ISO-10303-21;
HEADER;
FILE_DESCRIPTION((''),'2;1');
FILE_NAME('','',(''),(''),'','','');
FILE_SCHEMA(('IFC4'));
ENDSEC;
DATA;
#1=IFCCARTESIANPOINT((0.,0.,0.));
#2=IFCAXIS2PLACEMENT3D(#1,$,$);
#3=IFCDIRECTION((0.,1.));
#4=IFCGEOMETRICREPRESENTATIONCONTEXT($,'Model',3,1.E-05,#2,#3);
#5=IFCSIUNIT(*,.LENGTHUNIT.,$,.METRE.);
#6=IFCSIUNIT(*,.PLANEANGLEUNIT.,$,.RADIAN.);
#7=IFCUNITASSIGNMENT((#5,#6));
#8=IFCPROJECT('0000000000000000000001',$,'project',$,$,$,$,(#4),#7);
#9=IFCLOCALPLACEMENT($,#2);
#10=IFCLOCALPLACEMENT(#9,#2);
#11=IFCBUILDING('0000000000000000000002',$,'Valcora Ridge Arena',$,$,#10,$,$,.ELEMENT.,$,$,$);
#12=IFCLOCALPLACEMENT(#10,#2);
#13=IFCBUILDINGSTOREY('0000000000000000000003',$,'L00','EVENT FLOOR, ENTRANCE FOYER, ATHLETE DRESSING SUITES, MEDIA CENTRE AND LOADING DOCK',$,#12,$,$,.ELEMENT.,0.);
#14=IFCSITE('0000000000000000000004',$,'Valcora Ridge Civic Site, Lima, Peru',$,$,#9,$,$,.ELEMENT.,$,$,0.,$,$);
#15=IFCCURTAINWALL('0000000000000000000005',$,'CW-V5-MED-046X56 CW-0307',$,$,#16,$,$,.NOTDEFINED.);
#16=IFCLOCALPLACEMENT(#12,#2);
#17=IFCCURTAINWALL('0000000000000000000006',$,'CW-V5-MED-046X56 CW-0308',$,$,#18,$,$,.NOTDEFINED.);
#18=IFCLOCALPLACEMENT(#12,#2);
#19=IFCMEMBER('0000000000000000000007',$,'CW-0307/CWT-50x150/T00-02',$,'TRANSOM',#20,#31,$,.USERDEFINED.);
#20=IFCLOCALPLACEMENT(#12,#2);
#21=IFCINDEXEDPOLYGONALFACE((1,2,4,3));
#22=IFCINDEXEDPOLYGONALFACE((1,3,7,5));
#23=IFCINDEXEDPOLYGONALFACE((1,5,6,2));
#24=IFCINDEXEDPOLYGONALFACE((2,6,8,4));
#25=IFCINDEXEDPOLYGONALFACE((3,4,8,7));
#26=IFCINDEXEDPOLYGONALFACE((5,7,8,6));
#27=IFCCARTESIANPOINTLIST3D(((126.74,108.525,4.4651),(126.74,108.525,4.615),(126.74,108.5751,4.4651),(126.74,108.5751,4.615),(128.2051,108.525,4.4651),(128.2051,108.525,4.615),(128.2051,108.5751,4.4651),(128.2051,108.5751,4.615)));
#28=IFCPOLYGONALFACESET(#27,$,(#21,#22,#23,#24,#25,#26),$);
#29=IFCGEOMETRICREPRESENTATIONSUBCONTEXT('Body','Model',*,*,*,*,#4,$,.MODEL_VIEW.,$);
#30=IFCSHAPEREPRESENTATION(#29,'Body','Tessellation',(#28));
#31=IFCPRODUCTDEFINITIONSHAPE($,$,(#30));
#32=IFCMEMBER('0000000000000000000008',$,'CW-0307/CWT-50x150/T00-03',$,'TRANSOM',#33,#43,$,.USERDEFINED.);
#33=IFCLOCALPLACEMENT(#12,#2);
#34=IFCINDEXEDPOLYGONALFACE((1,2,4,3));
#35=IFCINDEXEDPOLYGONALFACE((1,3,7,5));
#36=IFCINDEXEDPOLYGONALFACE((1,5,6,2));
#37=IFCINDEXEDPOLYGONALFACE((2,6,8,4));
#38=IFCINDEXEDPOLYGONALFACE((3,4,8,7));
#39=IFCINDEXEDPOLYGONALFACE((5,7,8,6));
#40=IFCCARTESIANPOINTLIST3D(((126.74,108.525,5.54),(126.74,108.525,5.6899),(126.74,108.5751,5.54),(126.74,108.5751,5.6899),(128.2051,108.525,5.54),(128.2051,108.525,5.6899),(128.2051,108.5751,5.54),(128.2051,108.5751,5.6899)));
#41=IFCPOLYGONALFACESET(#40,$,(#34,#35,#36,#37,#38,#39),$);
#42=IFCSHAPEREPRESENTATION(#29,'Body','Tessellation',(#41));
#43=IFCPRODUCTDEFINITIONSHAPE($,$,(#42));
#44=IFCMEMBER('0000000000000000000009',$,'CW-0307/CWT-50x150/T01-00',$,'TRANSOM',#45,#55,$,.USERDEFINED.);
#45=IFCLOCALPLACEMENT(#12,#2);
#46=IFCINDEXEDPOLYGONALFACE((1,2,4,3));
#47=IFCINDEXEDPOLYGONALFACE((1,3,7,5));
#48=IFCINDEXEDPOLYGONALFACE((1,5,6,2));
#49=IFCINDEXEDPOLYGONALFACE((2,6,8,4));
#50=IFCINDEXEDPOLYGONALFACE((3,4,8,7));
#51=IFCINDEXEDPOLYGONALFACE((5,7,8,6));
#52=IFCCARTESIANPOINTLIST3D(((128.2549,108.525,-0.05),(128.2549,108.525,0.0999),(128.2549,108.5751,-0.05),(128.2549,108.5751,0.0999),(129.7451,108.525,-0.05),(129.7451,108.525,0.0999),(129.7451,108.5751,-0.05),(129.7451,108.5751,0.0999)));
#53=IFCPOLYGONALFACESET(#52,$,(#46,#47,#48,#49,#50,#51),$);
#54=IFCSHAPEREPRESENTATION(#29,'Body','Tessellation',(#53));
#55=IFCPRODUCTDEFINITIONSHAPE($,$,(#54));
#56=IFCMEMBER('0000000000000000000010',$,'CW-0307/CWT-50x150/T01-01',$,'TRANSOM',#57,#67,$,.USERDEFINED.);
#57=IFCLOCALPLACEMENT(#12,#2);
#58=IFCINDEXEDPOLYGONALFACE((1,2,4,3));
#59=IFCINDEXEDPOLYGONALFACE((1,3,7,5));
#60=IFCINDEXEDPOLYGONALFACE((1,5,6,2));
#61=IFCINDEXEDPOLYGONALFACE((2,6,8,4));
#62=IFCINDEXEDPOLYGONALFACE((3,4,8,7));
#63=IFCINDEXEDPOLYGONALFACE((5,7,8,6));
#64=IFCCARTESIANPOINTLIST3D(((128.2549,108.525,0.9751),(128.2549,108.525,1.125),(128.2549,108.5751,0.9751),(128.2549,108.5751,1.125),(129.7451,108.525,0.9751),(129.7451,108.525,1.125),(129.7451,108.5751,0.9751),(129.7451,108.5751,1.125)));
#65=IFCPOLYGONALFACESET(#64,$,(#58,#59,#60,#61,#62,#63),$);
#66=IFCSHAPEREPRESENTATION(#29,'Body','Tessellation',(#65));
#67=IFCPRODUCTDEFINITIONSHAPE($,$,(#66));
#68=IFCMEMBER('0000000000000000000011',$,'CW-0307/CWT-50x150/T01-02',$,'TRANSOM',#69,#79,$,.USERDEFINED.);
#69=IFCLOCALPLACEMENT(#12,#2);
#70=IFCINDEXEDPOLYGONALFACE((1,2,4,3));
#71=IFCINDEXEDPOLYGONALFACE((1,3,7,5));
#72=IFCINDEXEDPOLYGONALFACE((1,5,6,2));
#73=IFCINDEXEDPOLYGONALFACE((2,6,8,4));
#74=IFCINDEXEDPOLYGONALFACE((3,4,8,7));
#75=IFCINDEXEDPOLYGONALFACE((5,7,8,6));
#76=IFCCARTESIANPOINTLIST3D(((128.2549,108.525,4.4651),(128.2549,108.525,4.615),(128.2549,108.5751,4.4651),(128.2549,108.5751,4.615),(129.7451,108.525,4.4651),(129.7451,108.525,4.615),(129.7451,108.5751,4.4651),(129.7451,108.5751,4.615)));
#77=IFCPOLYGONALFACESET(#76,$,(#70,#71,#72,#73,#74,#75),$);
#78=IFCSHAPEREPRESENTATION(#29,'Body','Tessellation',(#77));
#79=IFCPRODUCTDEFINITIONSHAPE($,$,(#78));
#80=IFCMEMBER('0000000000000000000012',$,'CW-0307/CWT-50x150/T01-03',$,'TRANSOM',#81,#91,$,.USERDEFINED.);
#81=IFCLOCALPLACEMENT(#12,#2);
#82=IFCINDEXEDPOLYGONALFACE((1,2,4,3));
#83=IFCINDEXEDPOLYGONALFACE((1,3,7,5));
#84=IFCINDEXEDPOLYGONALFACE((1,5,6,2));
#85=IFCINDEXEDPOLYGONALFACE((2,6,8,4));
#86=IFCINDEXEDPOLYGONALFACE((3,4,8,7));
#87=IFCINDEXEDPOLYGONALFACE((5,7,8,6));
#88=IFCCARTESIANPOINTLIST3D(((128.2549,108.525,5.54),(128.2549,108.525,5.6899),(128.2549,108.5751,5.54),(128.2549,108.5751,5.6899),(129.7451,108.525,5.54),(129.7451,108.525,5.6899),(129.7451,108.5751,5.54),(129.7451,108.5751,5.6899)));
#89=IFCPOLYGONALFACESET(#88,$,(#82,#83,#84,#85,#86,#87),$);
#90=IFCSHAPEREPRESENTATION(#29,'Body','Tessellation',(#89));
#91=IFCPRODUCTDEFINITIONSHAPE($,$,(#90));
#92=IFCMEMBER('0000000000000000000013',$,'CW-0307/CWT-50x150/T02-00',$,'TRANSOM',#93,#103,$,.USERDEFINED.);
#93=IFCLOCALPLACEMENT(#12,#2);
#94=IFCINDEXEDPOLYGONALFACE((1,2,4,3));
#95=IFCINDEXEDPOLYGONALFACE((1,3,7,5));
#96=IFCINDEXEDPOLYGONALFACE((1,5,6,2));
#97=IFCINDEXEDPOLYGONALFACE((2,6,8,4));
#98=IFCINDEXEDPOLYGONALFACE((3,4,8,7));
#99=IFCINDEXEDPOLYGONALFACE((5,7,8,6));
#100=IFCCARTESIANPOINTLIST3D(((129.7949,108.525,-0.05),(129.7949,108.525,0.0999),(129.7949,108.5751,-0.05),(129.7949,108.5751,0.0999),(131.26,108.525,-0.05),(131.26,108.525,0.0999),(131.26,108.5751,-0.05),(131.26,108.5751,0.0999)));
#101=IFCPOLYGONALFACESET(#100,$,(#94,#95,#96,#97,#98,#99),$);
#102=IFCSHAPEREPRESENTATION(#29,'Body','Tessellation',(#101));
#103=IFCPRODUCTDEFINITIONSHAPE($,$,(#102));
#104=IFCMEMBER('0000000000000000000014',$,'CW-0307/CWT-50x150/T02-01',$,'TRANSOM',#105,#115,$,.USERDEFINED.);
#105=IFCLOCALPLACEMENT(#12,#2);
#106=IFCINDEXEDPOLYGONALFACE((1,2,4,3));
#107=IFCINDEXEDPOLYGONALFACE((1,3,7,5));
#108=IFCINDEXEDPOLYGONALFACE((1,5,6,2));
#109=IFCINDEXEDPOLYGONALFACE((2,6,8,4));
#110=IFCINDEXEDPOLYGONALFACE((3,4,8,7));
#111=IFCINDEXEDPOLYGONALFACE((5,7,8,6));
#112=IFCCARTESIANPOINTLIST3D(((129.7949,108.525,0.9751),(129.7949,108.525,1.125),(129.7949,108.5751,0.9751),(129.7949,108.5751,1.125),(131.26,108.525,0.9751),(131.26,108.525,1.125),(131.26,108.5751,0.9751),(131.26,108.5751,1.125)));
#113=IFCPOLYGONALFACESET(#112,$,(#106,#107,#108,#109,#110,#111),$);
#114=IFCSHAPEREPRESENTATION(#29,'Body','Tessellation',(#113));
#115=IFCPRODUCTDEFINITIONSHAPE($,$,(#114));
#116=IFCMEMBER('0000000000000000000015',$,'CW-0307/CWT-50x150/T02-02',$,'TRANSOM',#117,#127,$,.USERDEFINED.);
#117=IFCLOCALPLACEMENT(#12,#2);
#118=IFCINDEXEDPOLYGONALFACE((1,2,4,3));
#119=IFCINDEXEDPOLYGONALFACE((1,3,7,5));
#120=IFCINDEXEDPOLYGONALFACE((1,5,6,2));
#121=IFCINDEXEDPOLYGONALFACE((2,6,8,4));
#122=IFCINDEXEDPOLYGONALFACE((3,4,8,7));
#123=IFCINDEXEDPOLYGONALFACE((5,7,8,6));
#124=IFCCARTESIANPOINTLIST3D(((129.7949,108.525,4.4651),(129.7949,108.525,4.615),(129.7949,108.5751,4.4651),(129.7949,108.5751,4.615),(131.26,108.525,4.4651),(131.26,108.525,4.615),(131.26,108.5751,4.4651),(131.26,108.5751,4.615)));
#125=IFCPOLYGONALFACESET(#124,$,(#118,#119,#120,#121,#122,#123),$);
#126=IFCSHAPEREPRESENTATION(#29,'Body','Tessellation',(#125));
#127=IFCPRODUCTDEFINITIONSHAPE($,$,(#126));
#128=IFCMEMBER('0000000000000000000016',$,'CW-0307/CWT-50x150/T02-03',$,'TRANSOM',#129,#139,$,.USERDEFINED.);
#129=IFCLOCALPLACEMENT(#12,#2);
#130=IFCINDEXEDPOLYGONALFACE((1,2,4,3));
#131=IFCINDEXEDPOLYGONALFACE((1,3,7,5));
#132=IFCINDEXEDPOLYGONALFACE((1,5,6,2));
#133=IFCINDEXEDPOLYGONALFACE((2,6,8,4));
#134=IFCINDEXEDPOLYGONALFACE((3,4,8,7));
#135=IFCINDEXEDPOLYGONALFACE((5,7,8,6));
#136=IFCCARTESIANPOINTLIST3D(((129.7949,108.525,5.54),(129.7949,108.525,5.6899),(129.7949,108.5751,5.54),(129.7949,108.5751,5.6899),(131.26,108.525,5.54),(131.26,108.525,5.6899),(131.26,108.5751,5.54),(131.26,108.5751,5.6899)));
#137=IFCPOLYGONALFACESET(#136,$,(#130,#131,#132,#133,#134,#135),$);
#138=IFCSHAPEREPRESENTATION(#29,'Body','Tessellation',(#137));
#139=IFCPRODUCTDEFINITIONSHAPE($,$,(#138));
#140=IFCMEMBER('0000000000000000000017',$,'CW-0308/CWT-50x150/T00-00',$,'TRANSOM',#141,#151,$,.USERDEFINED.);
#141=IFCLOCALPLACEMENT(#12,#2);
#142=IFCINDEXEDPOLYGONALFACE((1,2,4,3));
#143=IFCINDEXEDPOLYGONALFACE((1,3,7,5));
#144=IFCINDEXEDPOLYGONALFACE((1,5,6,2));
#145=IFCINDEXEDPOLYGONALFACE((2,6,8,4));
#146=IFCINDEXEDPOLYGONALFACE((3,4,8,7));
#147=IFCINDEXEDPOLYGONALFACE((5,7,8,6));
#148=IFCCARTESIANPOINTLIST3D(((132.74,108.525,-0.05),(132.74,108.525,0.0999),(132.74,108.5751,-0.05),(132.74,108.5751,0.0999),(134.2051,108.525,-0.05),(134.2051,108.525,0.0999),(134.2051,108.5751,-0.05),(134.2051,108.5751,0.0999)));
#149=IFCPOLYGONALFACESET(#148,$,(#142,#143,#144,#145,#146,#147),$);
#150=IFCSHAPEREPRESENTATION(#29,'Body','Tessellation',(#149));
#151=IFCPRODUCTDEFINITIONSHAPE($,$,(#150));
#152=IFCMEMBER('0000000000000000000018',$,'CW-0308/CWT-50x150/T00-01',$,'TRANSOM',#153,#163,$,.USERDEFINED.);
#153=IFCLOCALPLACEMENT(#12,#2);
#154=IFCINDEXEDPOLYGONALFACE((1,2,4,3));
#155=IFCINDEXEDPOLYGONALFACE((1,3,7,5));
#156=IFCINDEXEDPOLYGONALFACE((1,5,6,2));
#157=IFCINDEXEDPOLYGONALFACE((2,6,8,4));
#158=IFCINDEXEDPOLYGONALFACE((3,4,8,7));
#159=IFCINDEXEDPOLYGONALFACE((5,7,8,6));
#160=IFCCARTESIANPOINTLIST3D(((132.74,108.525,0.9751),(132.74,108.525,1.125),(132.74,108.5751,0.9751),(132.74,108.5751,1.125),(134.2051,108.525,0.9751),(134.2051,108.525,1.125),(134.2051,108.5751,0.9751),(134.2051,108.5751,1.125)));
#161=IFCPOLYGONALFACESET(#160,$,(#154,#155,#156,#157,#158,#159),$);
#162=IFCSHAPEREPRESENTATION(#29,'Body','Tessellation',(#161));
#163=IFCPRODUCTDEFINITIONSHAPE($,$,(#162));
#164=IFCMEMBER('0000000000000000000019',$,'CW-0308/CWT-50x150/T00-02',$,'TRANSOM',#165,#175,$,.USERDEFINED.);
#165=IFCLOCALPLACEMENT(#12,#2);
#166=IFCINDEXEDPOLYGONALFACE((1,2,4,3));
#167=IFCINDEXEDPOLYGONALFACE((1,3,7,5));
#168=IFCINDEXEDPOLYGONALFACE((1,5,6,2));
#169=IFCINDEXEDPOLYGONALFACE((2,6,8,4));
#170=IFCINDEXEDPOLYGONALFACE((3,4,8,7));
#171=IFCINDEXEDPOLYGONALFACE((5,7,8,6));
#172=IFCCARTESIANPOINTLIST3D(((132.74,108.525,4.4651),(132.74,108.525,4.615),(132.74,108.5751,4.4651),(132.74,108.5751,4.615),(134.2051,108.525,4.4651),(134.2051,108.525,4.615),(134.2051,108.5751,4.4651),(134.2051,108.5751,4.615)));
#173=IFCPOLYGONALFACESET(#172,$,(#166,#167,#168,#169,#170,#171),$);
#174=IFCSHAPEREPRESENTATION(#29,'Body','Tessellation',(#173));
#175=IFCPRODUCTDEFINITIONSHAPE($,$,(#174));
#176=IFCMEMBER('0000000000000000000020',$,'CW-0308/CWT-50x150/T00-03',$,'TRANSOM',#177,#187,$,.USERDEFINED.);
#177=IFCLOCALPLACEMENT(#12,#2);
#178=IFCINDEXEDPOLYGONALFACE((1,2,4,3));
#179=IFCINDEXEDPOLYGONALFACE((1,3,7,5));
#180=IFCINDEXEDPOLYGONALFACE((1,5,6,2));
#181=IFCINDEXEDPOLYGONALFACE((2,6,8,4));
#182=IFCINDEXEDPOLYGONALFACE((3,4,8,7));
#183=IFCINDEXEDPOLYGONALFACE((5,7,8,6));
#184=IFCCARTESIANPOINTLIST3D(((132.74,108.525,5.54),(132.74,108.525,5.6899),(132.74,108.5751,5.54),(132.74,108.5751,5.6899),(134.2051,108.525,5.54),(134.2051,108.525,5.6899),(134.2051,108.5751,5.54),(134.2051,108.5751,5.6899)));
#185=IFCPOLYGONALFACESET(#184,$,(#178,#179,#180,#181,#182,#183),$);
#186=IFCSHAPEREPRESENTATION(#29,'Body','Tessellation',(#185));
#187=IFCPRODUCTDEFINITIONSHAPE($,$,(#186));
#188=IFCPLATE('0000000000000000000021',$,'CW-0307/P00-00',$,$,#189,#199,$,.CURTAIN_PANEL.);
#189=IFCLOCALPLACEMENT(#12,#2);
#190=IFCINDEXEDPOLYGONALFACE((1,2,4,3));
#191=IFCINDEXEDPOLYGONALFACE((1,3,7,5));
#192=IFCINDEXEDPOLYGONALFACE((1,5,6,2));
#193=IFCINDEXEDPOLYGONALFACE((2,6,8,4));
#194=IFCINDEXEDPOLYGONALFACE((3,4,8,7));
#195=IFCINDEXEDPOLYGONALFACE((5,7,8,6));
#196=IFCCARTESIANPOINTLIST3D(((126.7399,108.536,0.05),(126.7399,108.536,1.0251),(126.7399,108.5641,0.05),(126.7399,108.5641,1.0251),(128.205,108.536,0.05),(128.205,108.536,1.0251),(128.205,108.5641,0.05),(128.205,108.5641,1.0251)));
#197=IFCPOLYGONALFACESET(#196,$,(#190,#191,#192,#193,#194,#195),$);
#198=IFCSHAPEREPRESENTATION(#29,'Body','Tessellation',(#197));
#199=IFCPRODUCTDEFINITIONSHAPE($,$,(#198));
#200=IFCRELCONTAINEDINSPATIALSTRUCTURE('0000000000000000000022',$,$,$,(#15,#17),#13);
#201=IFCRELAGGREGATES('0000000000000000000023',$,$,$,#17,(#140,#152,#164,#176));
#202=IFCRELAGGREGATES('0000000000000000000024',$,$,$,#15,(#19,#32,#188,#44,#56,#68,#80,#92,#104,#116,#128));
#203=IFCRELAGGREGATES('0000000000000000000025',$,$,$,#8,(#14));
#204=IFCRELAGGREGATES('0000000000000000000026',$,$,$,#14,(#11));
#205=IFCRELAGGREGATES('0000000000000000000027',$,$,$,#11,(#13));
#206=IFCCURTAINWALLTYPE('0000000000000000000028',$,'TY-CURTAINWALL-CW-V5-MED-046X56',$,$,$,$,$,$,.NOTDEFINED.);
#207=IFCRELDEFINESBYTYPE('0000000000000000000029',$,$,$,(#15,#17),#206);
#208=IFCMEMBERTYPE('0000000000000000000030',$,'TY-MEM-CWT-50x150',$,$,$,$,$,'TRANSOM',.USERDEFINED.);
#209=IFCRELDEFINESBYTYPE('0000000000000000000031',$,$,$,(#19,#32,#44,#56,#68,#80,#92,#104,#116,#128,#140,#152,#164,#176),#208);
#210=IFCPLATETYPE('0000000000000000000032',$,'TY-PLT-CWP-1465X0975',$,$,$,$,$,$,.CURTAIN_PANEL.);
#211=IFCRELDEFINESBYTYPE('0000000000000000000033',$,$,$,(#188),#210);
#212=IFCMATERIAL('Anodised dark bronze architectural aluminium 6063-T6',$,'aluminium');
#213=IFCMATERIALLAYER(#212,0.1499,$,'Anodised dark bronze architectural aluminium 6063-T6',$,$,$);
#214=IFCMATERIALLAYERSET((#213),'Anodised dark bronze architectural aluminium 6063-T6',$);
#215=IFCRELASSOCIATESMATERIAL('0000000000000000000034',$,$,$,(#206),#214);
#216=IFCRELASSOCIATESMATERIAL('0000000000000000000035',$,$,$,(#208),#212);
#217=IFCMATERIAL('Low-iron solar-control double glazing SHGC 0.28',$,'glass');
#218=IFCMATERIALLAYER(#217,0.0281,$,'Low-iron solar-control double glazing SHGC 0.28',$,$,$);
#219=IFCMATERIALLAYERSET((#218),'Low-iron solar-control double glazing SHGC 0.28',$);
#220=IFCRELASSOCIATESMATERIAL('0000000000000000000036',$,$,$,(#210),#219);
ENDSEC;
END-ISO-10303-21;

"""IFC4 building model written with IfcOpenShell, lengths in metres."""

from ifc_helpers import new_model, si_unit, direction, frame, origin, origin_2d, place, context, subcontext, project, spatial, rectangle, extrude, material, layer, layer_set, material_profile, profile_set, type_object, element, aggregate, save


model = new_model("IFC4")

# Units and contexts
model_context = context("Model", 3, precision=1e-05, world=origin(), true_north=direction((0.0, 1.0)))
body_context = subcontext(model_context, "Body", "Model", "MODEL_VIEW")
ifc_project = project(units=[si_unit("LENGTHUNIT", "METRE"), si_unit("PLANEANGLEUNIT", "RADIAN")], contexts=[model_context])

# Site, building, storey
site_placement = place(None, origin())
site = spatial("IfcSite", under=ifc_project, at=site_placement, Name="Valcora Ridge Civic Site, Lima, Peru", CompositionType="ELEMENT", RefElevation=0.0)
building_placement = place(site_placement, origin())
building = spatial("IfcBuilding", under=site, at=building_placement, Name="Valcora Ridge Arena", CompositionType="ELEMENT")
storey_placement = place(building_placement, origin())
storey = spatial("IfcBuildingStorey", under=building, at=storey_placement, Name="L00", Description="EVENT FLOOR, ENTRANCE FOYER, ATHLETE DRESSING SUITES, MEDIA CENTRE AND LOADING DOCK", CompositionType="ELEMENT", Elevation=0.0)

# Shared definitions
ifc_material_1 = material(Name="Anodised dark bronze architectural aluminium 6063-T6", Category="aluminium")
ifc_layer_1 = layer(ifc_material_1, 0.1499, Name="Anodised dark bronze architectural aluminium 6063-T6")
ifc_layer_set_1 = layer_set([ifc_layer_1], Name="Anodised dark bronze architectural aluminium 6063-T6")
curtain_wall_type = type_object("IfcCurtainWallType", Name="TY-CURTAINWALL-CW-V5-MED-046X56", PredefinedType="NOTDEFINED", material=ifc_layer_set_1)

# Curtain wall
curtain_wall_1_placement = place(storey_placement, origin())
curtain_wall_1 = element("IfcCurtainWall", 1, at=curtain_wall_1_placement, inside=storey, type_object=curtain_wall_type, Name="CW-V5-MED-046X56 CW-0307", PredefinedType="NOTDEFINED")

# Curtain wall
curtain_wall_2_placement = place(storey_placement, origin())
curtain_wall_2 = element("IfcCurtainWall", 2, at=curtain_wall_2_placement, inside=storey, type_object=curtain_wall_type, Name="CW-V5-MED-046X56 CW-0308", PredefinedType="NOTDEFINED")

# Members
ifc_material_profile_1 = material_profile(ifc_material_1, rectangle(XDim=0.05, YDim=0.1499, at=origin_2d()), Name="ALU TRANSOM 50x150")
ifc_profile_set_1 = profile_set([ifc_material_profile_1], Name="Anodised dark bronze architectural aluminium 6063-T6")
member_type_1 = type_object("IfcMemberType", Name="TY-MEM-CWT-50x150", ElementType="TRANSOM", PredefinedType="USERDEFINED", material=ifc_profile_set_1)
member_1_placement = place(storey_placement, frame((126.74, 108.55, 4.54), z_axis=(1.0, 0.0, 0.0), x_axis=(0.0, 1.0, 0.0)))
member_1 = element("IfcMember", 3, at=member_1_placement, type_object=member_type_1, Name="CW-0307/CWT-50x150/T00-02", ObjectType="TRANSOM", PredefinedType="USERDEFINED", context=body_context, shape_type="SweptSolid", body=[
    extrude(rectangle(XDim=0.05, YDim=0.1499, at=origin_2d()), origin(), (0.0, 0.0, 1.0), 1.4651),
])
member_2_placement = place(storey_placement, frame((126.74, 108.55, 5.615), z_axis=(1.0, 0.0, 0.0), x_axis=(0.0, 1.0, 0.0)))
member_2 = element("IfcMember", 4, at=member_2_placement, type_object=member_type_1, Name="CW-0307/CWT-50x150/T00-03", ObjectType="TRANSOM", PredefinedType="USERDEFINED", context=body_context, shape_type="SweptSolid", body=[
    extrude(rectangle(XDim=0.05, YDim=0.1499, at=origin_2d()), origin(), (0.0, 0.0, 1.0), 1.4651),
])
member_3_placement = place(storey_placement, frame((128.2549, 108.55, 0.0249), z_axis=(1.0, 0.0, 0.0), x_axis=(0.0, 1.0, 0.0)))
member_3 = element("IfcMember", 5, at=member_3_placement, type_object=member_type_1, Name="CW-0307/CWT-50x150/T01-00", ObjectType="TRANSOM", PredefinedType="USERDEFINED", context=body_context, shape_type="SweptSolid", body=[
    extrude(rectangle(XDim=0.05, YDim=0.1499, at=origin_2d()), origin(), (0.0, 0.0, 1.0), 1.4902),
])
member_4_placement = place(storey_placement, frame((128.2549, 108.55, 1.05), z_axis=(1.0, 0.0, 0.0), x_axis=(0.0, 1.0, 0.0)))
member_4 = element("IfcMember", 6, at=member_4_placement, type_object=member_type_1, Name="CW-0307/CWT-50x150/T01-01", ObjectType="TRANSOM", PredefinedType="USERDEFINED", context=body_context, shape_type="SweptSolid", body=[
    extrude(rectangle(XDim=0.05, YDim=0.1499, at=origin_2d()), origin(), (0.0, 0.0, 1.0), 1.4902),
])
member_5_placement = place(storey_placement, frame((128.2549, 108.55, 4.54), z_axis=(1.0, 0.0, 0.0), x_axis=(0.0, 1.0, 0.0)))
member_5 = element("IfcMember", 7, at=member_5_placement, type_object=member_type_1, Name="CW-0307/CWT-50x150/T01-02", ObjectType="TRANSOM", PredefinedType="USERDEFINED", context=body_context, shape_type="SweptSolid", body=[
    extrude(rectangle(XDim=0.05, YDim=0.1499, at=origin_2d()), origin(), (0.0, 0.0, 1.0), 1.4902),
])
member_6_placement = place(storey_placement, frame((128.2549, 108.55, 5.615), z_axis=(1.0, 0.0, 0.0), x_axis=(0.0, 1.0, 0.0)))
member_6 = element("IfcMember", 8, at=member_6_placement, type_object=member_type_1, Name="CW-0307/CWT-50x150/T01-03", ObjectType="TRANSOM", PredefinedType="USERDEFINED", context=body_context, shape_type="SweptSolid", body=[
    extrude(rectangle(XDim=0.05, YDim=0.1499, at=origin_2d()), origin(), (0.0, 0.0, 1.0), 1.4902),
])
member_7_placement = place(storey_placement, frame((129.7949, 108.55, 0.0249), z_axis=(1.0, 0.0, 0.0), x_axis=(0.0, 1.0, 0.0)))
member_7 = element("IfcMember", 9, at=member_7_placement, type_object=member_type_1, Name="CW-0307/CWT-50x150/T02-00", ObjectType="TRANSOM", PredefinedType="USERDEFINED", context=body_context, shape_type="SweptSolid", body=[
    extrude(rectangle(XDim=0.05, YDim=0.1499, at=origin_2d()), origin(), (0.0, 0.0, 1.0), 1.4651),
])
member_8_placement = place(storey_placement, frame((129.7949, 108.55, 1.05), z_axis=(1.0, 0.0, 0.0), x_axis=(0.0, 1.0, 0.0)))
member_8 = element("IfcMember", 10, at=member_8_placement, type_object=member_type_1, Name="CW-0307/CWT-50x150/T02-01", ObjectType="TRANSOM", PredefinedType="USERDEFINED", context=body_context, shape_type="SweptSolid", body=[
    extrude(rectangle(XDim=0.05, YDim=0.1499, at=origin_2d()), origin(), (0.0, 0.0, 1.0), 1.4651),
])
member_9_placement = place(storey_placement, frame((129.7949, 108.55, 4.54), z_axis=(1.0, 0.0, 0.0), x_axis=(0.0, 1.0, 0.0)))
member_9 = element("IfcMember", 11, at=member_9_placement, type_object=member_type_1, Name="CW-0307/CWT-50x150/T02-02", ObjectType="TRANSOM", PredefinedType="USERDEFINED", context=body_context, shape_type="SweptSolid", body=[
    extrude(rectangle(XDim=0.05, YDim=0.1499, at=origin_2d()), origin(), (0.0, 0.0, 1.0), 1.4651),
])
member_10_placement = place(storey_placement, frame((129.7949, 108.55, 5.615), z_axis=(1.0, 0.0, 0.0), x_axis=(0.0, 1.0, 0.0)))
member_10 = element("IfcMember", 12, at=member_10_placement, type_object=member_type_1, Name="CW-0307/CWT-50x150/T02-03", ObjectType="TRANSOM", PredefinedType="USERDEFINED", context=body_context, shape_type="SweptSolid", body=[
    extrude(rectangle(XDim=0.05, YDim=0.1499, at=origin_2d()), origin(), (0.0, 0.0, 1.0), 1.4651),
])
member_11_placement = place(storey_placement, frame((132.74, 108.55, 0.0249), z_axis=(1.0, 0.0, 0.0), x_axis=(0.0, 1.0, 0.0)))
member_11 = element("IfcMember", 13, at=member_11_placement, type_object=member_type_1, Name="CW-0308/CWT-50x150/T00-00", ObjectType="TRANSOM", PredefinedType="USERDEFINED", context=body_context, shape_type="SweptSolid", body=[
    extrude(rectangle(XDim=0.05, YDim=0.1499, at=origin_2d()), origin(), (0.0, 0.0, 1.0), 1.4651),
])
member_12_placement = place(storey_placement, frame((132.74, 108.55, 1.05), z_axis=(1.0, 0.0, 0.0), x_axis=(0.0, 1.0, 0.0)))
member_12 = element("IfcMember", 14, at=member_12_placement, type_object=member_type_1, Name="CW-0308/CWT-50x150/T00-01", ObjectType="TRANSOM", PredefinedType="USERDEFINED", context=body_context, shape_type="SweptSolid", body=[
    extrude(rectangle(XDim=0.05, YDim=0.1499, at=origin_2d()), origin(), (0.0, 0.0, 1.0), 1.4651),
])
member_13_placement = place(storey_placement, frame((132.74, 108.55, 4.54), z_axis=(1.0, 0.0, 0.0), x_axis=(0.0, 1.0, 0.0)))
member_13 = element("IfcMember", 15, at=member_13_placement, type_object=member_type_1, Name="CW-0308/CWT-50x150/T00-02", ObjectType="TRANSOM", PredefinedType="USERDEFINED", context=body_context, shape_type="SweptSolid", body=[
    extrude(rectangle(XDim=0.05, YDim=0.1499, at=origin_2d()), origin(), (0.0, 0.0, 1.0), 1.4651),
])
member_14_placement = place(storey_placement, frame((132.74, 108.55, 5.615), z_axis=(1.0, 0.0, 0.0), x_axis=(0.0, 1.0, 0.0)))
member_14 = element("IfcMember", 16, at=member_14_placement, type_object=member_type_1, Name="CW-0308/CWT-50x150/T00-03", ObjectType="TRANSOM", PredefinedType="USERDEFINED", context=body_context, shape_type="SweptSolid", body=[
    extrude(rectangle(XDim=0.05, YDim=0.1499, at=origin_2d()), origin(), (0.0, 0.0, 1.0), 1.4651),
])
aggregate(curtain_wall_2, [member_11, member_12, member_13, member_14])

# Plate
ifc_material_2 = material(Name="Low-iron solar-control double glazing SHGC 0.28", Category="glass")
ifc_layer_2 = layer(ifc_material_2, 0.0281, Name="Low-iron solar-control double glazing SHGC 0.28")
ifc_layer_set_2 = layer_set([ifc_layer_2], Name="Low-iron solar-control double glazing SHGC 0.28")
plate_type_1 = type_object("IfcPlateType", Name="TY-PLT-CWP-1465X0975", PredefinedType="CURTAIN_PANEL", material=ifc_layer_set_2)
plate_1_placement = place(storey_placement, frame((127.4724, 108.55, 0.05), z_axis=(0.0, 0.0, 1.0), x_axis=(1.0, 0.0, 0.0)))
plate_1 = element("IfcPlate", 17, at=plate_1_placement, type_object=plate_type_1, Name="CW-0307/P00-00", PredefinedType="CURTAIN_PANEL", context=body_context, shape_type="SweptSolid", body=[
    extrude(rectangle(XDim=1.4651, YDim=0.0281, at=origin_2d()), origin(), (0.0, 0.0, 1.0), 0.9751),
])
aggregate(curtain_wall_1, [member_1, member_2, plate_1, member_3, member_4, member_5, member_6, member_7, member_8, member_9, member_10])

save(model, "model.ifc")
